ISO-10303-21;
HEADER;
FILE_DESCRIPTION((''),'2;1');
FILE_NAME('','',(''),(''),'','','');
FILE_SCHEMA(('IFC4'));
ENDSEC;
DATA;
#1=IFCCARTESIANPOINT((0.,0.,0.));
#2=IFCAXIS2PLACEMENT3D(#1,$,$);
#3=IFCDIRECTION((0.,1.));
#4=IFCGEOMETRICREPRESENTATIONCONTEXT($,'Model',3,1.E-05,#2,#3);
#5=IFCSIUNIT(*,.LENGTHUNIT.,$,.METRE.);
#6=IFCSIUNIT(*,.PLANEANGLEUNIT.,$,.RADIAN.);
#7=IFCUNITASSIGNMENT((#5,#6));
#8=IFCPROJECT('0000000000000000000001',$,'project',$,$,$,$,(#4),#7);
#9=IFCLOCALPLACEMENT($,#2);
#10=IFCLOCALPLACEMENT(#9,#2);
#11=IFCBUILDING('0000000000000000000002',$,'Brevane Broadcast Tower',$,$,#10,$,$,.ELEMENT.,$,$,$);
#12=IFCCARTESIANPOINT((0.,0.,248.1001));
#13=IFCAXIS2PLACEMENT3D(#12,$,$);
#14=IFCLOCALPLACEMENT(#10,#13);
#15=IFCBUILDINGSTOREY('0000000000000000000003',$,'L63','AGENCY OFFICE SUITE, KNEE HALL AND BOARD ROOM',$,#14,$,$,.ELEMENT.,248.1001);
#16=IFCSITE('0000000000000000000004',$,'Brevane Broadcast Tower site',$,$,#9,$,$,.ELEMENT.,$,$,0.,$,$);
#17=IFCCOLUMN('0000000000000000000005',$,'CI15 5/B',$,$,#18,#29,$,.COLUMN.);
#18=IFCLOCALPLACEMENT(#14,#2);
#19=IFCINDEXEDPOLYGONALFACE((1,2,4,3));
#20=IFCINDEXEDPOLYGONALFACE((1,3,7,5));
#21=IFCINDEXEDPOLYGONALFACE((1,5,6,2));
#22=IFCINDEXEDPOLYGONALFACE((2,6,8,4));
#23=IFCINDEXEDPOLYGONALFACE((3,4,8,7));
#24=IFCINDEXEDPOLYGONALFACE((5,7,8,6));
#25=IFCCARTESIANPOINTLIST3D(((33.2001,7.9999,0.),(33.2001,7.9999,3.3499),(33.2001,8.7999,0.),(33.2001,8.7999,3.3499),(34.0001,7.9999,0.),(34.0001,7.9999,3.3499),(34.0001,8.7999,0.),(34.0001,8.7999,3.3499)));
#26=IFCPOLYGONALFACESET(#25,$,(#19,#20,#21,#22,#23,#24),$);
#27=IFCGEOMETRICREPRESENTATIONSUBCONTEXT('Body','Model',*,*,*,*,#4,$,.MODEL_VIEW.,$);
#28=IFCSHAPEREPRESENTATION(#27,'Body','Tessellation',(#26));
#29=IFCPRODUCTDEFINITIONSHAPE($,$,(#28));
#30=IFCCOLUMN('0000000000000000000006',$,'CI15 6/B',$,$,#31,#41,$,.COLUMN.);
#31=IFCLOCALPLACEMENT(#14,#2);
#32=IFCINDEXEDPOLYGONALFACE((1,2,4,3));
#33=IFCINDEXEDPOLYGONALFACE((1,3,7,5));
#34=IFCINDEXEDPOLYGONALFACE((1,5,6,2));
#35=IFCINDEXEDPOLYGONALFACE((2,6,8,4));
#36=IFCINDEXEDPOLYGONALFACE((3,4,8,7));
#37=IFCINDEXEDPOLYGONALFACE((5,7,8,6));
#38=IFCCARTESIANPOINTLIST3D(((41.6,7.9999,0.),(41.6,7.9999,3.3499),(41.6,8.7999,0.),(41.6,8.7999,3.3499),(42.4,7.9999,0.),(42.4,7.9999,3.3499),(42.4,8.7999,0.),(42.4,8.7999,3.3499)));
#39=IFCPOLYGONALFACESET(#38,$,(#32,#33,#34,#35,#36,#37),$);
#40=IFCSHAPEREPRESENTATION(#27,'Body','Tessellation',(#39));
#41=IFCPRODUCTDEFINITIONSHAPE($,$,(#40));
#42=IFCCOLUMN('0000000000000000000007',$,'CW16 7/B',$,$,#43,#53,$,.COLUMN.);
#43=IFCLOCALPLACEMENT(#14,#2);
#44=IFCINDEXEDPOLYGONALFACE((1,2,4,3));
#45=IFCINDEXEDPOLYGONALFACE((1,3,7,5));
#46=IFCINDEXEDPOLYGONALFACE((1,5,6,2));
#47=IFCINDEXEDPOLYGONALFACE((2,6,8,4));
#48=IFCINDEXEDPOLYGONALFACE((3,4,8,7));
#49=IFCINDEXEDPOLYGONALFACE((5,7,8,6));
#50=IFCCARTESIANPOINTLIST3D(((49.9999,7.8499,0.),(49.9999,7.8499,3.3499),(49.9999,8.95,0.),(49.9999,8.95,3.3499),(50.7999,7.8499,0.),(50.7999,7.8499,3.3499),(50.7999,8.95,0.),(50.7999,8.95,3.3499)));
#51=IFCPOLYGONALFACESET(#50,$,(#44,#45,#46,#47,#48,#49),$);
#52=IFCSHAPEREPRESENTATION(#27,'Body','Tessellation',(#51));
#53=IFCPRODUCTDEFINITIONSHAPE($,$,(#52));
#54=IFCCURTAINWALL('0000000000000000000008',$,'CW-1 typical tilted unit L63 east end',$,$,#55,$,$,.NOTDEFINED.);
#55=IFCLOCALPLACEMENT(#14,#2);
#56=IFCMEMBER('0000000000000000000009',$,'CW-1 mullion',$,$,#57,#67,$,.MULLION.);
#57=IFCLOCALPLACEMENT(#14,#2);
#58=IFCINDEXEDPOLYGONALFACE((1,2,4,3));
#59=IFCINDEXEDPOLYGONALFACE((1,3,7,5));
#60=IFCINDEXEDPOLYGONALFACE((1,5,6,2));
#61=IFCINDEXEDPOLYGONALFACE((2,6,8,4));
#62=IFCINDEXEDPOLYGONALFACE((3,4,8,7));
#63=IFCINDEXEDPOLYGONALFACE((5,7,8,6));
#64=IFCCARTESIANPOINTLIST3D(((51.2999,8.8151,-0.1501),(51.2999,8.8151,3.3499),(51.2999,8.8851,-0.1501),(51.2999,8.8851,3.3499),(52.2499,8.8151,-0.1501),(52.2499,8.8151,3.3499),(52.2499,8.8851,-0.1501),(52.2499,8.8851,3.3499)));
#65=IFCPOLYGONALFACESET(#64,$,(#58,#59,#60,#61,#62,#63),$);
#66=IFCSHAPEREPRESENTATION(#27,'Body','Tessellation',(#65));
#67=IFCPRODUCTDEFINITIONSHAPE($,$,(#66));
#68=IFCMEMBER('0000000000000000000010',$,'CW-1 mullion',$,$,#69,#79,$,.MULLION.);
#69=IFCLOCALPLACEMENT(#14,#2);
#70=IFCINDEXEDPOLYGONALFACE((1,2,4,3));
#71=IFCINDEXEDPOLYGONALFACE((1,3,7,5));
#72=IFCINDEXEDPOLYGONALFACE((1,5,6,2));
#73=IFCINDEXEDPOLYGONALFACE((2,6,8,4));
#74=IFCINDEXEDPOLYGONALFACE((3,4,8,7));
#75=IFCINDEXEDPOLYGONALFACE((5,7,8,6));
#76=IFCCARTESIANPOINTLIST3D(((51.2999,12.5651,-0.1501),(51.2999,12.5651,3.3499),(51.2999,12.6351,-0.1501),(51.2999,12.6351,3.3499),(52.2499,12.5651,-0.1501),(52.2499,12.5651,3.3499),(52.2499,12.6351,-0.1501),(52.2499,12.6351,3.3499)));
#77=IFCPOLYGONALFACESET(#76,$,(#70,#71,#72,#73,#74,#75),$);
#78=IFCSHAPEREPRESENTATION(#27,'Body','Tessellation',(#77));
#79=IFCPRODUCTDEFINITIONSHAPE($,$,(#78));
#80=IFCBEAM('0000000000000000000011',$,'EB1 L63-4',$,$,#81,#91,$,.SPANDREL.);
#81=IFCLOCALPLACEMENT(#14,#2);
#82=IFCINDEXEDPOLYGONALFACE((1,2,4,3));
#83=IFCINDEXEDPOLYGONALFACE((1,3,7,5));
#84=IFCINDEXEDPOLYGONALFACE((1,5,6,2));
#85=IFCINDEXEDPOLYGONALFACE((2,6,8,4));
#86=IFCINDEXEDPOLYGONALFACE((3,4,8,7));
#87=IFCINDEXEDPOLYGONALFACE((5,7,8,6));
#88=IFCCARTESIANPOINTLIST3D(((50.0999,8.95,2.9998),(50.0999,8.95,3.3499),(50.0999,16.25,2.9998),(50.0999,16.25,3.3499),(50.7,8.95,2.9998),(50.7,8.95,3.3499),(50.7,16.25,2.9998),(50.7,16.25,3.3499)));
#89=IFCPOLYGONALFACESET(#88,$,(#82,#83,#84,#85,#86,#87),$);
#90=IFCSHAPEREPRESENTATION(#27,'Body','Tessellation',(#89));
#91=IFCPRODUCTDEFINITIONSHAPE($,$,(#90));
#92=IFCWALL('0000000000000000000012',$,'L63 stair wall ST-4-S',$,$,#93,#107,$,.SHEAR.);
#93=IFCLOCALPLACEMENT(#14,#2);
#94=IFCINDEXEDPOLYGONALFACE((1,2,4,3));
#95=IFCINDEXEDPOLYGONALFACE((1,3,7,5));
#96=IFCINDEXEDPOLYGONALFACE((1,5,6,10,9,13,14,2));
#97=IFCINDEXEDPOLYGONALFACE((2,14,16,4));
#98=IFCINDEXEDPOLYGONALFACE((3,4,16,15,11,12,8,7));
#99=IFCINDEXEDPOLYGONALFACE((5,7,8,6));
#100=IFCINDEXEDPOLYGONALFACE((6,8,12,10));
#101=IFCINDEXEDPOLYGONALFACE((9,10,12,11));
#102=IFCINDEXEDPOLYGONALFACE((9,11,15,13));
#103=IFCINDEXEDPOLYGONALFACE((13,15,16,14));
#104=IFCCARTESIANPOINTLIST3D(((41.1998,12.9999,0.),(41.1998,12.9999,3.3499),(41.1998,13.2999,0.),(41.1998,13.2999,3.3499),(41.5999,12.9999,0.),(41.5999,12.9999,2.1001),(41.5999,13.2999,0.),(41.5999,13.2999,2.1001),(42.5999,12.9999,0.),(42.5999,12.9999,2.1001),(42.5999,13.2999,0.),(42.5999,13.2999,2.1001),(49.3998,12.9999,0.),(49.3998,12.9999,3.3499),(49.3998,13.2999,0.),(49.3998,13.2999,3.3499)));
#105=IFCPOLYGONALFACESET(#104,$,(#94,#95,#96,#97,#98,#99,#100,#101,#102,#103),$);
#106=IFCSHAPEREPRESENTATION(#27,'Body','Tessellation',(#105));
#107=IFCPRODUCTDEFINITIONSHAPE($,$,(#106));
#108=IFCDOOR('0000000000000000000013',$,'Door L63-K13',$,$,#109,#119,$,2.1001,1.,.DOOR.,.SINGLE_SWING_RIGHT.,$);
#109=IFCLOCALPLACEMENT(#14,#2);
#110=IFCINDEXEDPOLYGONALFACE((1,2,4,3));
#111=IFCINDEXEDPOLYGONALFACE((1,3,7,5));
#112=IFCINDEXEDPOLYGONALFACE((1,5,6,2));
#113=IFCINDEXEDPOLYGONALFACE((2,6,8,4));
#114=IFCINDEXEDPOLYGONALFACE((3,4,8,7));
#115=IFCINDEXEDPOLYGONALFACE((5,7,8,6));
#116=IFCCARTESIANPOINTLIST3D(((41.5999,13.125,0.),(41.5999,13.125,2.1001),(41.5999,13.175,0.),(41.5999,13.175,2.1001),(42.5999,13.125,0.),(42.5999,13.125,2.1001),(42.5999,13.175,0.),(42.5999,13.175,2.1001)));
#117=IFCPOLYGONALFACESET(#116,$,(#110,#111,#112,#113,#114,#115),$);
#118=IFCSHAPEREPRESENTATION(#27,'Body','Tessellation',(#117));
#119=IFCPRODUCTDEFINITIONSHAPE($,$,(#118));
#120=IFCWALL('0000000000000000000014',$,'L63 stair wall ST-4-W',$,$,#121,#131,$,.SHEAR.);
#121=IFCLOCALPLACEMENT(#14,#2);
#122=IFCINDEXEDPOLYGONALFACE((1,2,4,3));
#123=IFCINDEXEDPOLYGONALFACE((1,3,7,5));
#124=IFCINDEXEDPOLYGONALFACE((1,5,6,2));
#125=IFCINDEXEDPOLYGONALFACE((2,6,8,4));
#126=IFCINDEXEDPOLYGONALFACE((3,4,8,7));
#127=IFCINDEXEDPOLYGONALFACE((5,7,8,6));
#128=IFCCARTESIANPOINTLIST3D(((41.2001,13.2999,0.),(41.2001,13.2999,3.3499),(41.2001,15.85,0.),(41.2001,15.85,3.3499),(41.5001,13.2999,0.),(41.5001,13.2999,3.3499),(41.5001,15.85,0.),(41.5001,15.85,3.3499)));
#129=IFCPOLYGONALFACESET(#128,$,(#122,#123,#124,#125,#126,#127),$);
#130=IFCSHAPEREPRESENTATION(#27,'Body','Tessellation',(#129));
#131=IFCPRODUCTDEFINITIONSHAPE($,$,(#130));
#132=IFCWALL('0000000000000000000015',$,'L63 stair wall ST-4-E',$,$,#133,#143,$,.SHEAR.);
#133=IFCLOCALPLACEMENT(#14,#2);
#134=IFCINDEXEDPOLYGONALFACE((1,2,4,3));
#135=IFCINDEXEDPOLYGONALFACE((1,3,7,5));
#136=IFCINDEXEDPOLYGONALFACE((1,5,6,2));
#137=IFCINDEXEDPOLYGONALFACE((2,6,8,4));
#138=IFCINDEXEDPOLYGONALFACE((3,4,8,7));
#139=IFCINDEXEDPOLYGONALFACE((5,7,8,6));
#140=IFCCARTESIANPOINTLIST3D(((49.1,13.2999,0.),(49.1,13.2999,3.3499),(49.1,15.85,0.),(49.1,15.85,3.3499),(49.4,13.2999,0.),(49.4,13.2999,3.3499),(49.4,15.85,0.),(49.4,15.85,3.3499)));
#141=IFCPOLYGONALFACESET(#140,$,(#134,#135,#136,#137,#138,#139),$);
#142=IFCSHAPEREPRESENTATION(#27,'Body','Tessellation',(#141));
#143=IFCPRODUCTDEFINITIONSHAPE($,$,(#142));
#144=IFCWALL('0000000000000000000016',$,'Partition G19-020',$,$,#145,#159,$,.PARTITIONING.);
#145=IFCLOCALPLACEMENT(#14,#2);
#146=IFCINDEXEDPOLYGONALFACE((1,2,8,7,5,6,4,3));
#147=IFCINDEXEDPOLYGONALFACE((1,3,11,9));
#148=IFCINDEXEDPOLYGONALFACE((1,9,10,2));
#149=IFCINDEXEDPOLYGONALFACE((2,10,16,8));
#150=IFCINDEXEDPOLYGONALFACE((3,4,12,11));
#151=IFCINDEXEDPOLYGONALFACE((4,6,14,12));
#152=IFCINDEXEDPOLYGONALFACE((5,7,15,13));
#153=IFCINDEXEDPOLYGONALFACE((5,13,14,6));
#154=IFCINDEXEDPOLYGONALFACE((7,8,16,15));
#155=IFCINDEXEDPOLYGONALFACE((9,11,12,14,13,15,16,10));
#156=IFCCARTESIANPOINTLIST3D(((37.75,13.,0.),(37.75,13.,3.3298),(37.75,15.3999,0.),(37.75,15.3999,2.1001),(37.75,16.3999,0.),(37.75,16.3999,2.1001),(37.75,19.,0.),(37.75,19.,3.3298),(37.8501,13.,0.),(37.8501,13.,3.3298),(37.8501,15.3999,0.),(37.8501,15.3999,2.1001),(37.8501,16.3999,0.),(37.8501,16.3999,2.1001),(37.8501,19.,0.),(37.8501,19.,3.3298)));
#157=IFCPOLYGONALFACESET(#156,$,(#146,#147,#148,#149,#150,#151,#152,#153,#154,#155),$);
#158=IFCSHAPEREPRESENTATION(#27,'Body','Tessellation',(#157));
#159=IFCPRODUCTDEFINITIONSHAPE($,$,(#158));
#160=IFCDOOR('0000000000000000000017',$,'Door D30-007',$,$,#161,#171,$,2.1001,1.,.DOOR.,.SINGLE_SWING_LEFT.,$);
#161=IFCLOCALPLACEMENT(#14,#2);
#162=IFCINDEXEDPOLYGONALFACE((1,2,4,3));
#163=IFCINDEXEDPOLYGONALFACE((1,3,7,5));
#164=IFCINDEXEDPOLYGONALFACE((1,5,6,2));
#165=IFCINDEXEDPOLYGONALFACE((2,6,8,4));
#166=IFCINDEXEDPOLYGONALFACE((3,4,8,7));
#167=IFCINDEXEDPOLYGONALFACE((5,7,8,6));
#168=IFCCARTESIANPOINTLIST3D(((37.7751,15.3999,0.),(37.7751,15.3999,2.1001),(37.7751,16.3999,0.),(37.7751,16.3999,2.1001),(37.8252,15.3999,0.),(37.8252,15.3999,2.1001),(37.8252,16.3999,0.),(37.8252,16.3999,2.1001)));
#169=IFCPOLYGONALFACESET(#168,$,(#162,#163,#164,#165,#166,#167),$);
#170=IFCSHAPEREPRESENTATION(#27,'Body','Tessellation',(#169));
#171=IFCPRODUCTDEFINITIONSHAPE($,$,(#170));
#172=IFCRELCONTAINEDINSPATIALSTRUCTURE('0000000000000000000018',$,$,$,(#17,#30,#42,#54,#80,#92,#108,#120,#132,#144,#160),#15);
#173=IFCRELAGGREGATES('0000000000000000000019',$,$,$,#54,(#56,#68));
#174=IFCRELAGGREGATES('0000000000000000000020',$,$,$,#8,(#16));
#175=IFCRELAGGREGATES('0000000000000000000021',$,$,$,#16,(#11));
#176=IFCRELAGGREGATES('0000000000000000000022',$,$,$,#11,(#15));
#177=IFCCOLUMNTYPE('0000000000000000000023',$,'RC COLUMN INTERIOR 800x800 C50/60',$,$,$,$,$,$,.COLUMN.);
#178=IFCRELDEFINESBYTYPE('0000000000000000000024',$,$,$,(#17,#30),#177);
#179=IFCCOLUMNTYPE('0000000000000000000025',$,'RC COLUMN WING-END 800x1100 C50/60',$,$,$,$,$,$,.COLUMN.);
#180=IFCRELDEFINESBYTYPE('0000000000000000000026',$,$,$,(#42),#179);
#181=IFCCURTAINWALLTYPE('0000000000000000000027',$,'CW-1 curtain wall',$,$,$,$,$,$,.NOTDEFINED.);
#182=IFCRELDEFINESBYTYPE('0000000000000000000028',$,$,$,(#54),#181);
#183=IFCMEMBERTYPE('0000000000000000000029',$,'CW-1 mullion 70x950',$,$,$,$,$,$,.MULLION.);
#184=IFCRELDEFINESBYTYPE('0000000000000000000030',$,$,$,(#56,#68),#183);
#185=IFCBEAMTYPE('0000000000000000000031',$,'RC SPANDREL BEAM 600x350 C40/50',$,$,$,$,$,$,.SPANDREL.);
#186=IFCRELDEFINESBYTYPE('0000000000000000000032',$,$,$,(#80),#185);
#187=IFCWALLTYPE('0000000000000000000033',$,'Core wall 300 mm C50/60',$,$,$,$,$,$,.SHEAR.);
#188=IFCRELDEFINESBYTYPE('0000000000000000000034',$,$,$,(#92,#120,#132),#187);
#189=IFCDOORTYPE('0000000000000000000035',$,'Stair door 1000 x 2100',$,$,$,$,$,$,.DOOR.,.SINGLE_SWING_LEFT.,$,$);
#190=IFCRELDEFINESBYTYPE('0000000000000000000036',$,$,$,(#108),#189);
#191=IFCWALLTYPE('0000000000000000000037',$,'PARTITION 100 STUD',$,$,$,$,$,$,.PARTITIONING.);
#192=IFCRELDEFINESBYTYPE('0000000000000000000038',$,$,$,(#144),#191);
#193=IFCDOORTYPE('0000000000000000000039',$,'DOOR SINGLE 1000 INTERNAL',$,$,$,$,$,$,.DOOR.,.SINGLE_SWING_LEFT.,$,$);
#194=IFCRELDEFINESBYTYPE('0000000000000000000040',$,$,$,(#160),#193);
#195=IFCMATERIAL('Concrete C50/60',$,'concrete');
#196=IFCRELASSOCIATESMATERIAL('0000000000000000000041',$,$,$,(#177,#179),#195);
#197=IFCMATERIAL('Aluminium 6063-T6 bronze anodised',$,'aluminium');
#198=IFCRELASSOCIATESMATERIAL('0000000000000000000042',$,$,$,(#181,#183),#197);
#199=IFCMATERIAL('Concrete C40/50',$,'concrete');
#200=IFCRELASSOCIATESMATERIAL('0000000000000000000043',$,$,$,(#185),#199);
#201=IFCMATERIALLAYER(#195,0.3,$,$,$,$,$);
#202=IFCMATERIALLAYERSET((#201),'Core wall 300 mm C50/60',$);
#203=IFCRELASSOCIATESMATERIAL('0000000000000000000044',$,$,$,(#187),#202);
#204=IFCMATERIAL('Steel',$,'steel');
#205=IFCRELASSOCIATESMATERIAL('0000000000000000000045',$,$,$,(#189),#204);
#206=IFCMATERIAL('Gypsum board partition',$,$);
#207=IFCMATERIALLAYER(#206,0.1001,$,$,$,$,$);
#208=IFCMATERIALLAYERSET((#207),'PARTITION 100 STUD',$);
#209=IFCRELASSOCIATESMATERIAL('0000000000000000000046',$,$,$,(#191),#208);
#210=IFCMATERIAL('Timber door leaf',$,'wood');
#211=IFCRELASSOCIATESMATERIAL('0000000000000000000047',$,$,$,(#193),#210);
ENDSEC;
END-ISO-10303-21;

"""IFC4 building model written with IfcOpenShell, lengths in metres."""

from ifc_helpers import new_model, si_unit, direction, frame, frame_2d, origin, origin_2d, place, context, subcontext, project, spatial, rectangle, extrude, material, layer, layer_set, material_profile, profile_set, type_object, element, fill, aggregate, save


model = new_model("IFC4")

# Units and contexts
model_context = context("Model", 3, precision=1e-05, world=origin(), true_north=direction((0.0, 1.0)))
body_context = subcontext(model_context, "Body", "Model", "MODEL_VIEW")
ifc_project = project(units=[si_unit("LENGTHUNIT", "METRE"), si_unit("PLANEANGLEUNIT", "RADIAN")], contexts=[model_context])

# Site, building, storey
site_placement = place(None, origin())
site = spatial("IfcSite", under=ifc_project, at=site_placement, Name="Brevane Broadcast Tower site", CompositionType="ELEMENT", RefElevation=0.0)
building_placement = place(site_placement, origin())
building = spatial("IfcBuilding", under=site, at=building_placement, Name="Brevane Broadcast Tower", CompositionType="ELEMENT")
storey_placement = place(building_placement, frame((0.0, 0.0, 248.1001)))
storey = spatial("IfcBuildingStorey", under=building, at=storey_placement, Name="L63", Description="AGENCY OFFICE SUITE, KNEE HALL AND BOARD ROOM", CompositionType="ELEMENT", Elevation=248.1001)

# Columns
ifc_material_1 = material(Name="Concrete C50/60", Category="concrete")
ifc_material_profile_1 = material_profile(ifc_material_1, rectangle(XDim=0.8, YDim=0.8, at=origin_2d()), Name="RC 800x800")
ifc_profile_set_1 = profile_set([ifc_material_profile_1], Name="Concrete C50/60")
column_type_1 = type_object("IfcColumnType", Name="RC COLUMN INTERIOR 800x800 C50/60", PredefinedType="COLUMN", material=ifc_profile_set_1)
for number, where, z_axis, x_axis, name in (
    (1, (33.6001, 8.3999, 0.0), (0.0, 0.0, 1.0), (1.0, 0.0, 0.0), "CI15 5/B"),
    (2, (42.0, 8.3999, 0.0), (0.0, 0.0, 1.0), (1.0, 0.0, 0.0), "CI15 6/B"),
):
    element("IfcColumn", number, at=place(storey_placement, frame(where, z_axis=z_axis, x_axis=x_axis)), inside=storey, type_object=column_type_1, Name=name, PredefinedType="COLUMN", context=body_context, shape_type="SweptSolid", body=[
        extrude(rectangle(XDim=0.8, YDim=0.8, at=origin_2d()), origin(), (0.0, 0.0, 1.0), 3.3499),
    ])
ifc_material_profile_2 = material_profile(ifc_material_1, rectangle(XDim=0.8, YDim=1.1001, at=origin_2d()), Name="RC 800x1100")
ifc_profile_set_2 = profile_set([ifc_material_profile_2], Name="Concrete C50/60")
column_type_2 = type_object("IfcColumnType", Name="RC COLUMN WING-END 800x1100 C50/60", PredefinedType="COLUMN", material=ifc_profile_set_2)
column_placement = place(storey_placement, frame((50.3999, 8.3999, 0.0), z_axis=(0.0, 0.0, 1.0), x_axis=(1.0, 0.0, 0.0)))
element("IfcColumn", 3, at=column_placement, inside=storey, type_object=column_type_2, Name="CW16 7/B", PredefinedType="COLUMN", context=body_context, shape_type="SweptSolid", body=[
    extrude(rectangle(XDim=0.8, YDim=1.1001, at=origin_2d()), origin(), (0.0, 0.0, 1.0), 3.3499),
])

# Curtain wall, members
ifc_material_2 = material(Name="Aluminium 6063-T6 bronze anodised", Category="aluminium")
curtain_wall_type = type_object("IfcCurtainWallType", Name="CW-1 curtain wall", PredefinedType="NOTDEFINED", material=ifc_material_2)
curtain_wall_placement = place(storey_placement, origin())
curtain_wall = element("IfcCurtainWall", 4, at=curtain_wall_placement, inside=storey, type_object=curtain_wall_type, Name="CW-1 typical tilted unit L63 east end", PredefinedType="NOTDEFINED")
ifc_material_profile_3 = material_profile(ifc_material_2, rectangle(XDim=0.95, YDim=0.0701, at=origin_2d()), Name="RECT 70x950")
ifc_profile_set_3 = profile_set([ifc_material_profile_3], Name="Aluminium 6063-T6 bronze anodised")
member_type = type_object("IfcMemberType", Name="CW-1 mullion 70x950", PredefinedType="MULLION", material=ifc_profile_set_3)
member_1_placement = place(storey_placement, frame((51.7749, 8.8501, -0.1501), z_axis=(0.0, 0.0, 1.0), x_axis=(-1.0, 0.0, 0.0)))
member_1 = element("IfcMember", 5, at=member_1_placement, type_object=member_type, Name="CW-1 mullion", PredefinedType="MULLION", context=body_context, shape_type="SweptSolid", body=[
    extrude(rectangle(XDim=0.95, YDim=0.0701, at=origin_2d()), origin(), (0.0, 0.0, 1.0), 3.5),
])
member_2_placement = place(storey_placement, frame((51.7749, 12.6001, -0.1501), z_axis=(0.0, 0.0, 1.0), x_axis=(-1.0, 0.0, 0.0)))
member_2 = element("IfcMember", 6, at=member_2_placement, type_object=member_type, Name="CW-1 mullion", PredefinedType="MULLION", context=body_context, shape_type="SweptSolid", body=[
    extrude(rectangle(XDim=0.95, YDim=0.0701, at=origin_2d()), origin(), (0.0, 0.0, 1.0), 3.5),
])
aggregate(curtain_wall, [member_1, member_2])

# Beam
ifc_material_3 = material(Name="Concrete C40/50", Category="concrete")
ifc_material_profile_4 = material_profile(ifc_material_3, rectangle(XDim=0.6001, YDim=0.3501, at=origin_2d()), Name="RC 600x350")
ifc_profile_set_4 = profile_set([ifc_material_profile_4], Name="Concrete C40/50")
beam_type = type_object("IfcBeamType", Name="RC SPANDREL BEAM 600x350 C40/50", PredefinedType="SPANDREL", material=ifc_profile_set_4)
beam_placement = place(storey_placement, frame((50.3999, 8.95, 3.1748), z_axis=(0.0, 1.0, 0.0), x_axis=(-1.0, 0.0, 0.0)))
element("IfcBeam", 7, at=beam_placement, inside=storey, type_object=beam_type, Name="EB1 L63-4", PredefinedType="SPANDREL", context=body_context, shape_type="SweptSolid", body=[
    extrude(rectangle(XDim=0.6001, YDim=0.3501, at=origin_2d()), origin(), (0.0, 0.0, 1.0), 7.3),
])

# Wall, opening, door
ifc_layer_1 = layer(ifc_material_1, 0.3)
ifc_layer_set_1 = layer_set([ifc_layer_1], Name="Core wall 300 mm C50/60")
wall_type_1 = type_object("IfcWallType", Name="Core wall 300 mm C50/60", PredefinedType="SHEAR", material=ifc_layer_set_1)
wall_1_placement = place(storey_placement, frame((49.3999, 13.1499, 0.0), z_axis=(0.0, 0.0, 1.0), x_axis=(-1.0, 0.0, 0.0)))
wall_1 = element("IfcWall", 8, at=wall_1_placement, inside=storey, type_object=wall_type_1, Name="L63 stair wall ST-4-S", PredefinedType="SHEAR", context=body_context, shape_type="SweptSolid", body=[
    extrude(rectangle(XDim=8.2, YDim=0.3, at=frame_2d((4.1001, 0.0))), origin(), (0.0, 0.0, 1.0), 3.3499),
])
opening_1_placement = place(wall_1_placement, frame((6.8, 0.0, 0.0)))
opening_1 = element("IfcOpeningElement", 9, at=opening_1_placement, cuts=wall_1, PredefinedType="OPENING", context=body_context, shape_type="SweptSolid", body=[
    extrude(rectangle(XDim=1.0, YDim=2.1001, at=frame_2d((0.5, 1.05))), frame((0.0, 0.1599, 0.0), z_axis=(0.0, -1.0, 0.0), x_axis=(1.0, 0.0, 0.0)), (0.0, 0.0, 1.0), 0.3201),
])
ifc_material_4 = material(Name="Steel", Category="steel")
door_type_1 = type_object("IfcDoorType", Name="Stair door 1000 x 2100", OperationType="SINGLE_SWING_LEFT", PredefinedType="DOOR", material=ifc_material_4)
door_1_placement = place(opening_1_placement, origin())
door_1 = element("IfcDoor", 10, at=door_1_placement, inside=storey, type_object=door_type_1, Name="Door L63-K13", OperationType="SINGLE_SWING_RIGHT", OverallHeight=2.1001, OverallWidth=1.0, PredefinedType="DOOR", context=body_context, shape_type="SweptSolid", body=[
    extrude(rectangle(XDim=1.0, YDim=2.1001, at=frame_2d((0.5, 1.05))), frame((0.0, 0.0249, 0.0), z_axis=(0.0, -1.0, 0.0), x_axis=(1.0, 0.0, 0.0)), (0.0, 0.0, 1.0), 0.05),
])
fill(opening_1, door_1)

# Walls
for number, where, z_axis, x_axis, name in (
    (11, (41.3501, 13.3, 0.0), (0.0, 0.0, 1.0), (0.0, 1.0, 0.0), "L63 stair wall ST-4-W"),
    (12, (49.25, 13.3, 0.0), (0.0, 0.0, 1.0), (0.0, 1.0, 0.0), "L63 stair wall ST-4-E"),
):
    element("IfcWall", number, at=place(storey_placement, frame(where, z_axis=z_axis, x_axis=x_axis)), inside=storey, type_object=wall_type_1, Name=name, PredefinedType="SHEAR", context=body_context, shape_type="SweptSolid", body=[
        extrude(rectangle(XDim=2.55, YDim=0.3, at=frame_2d((1.2749, 0.0))), origin(), (0.0, 0.0, 1.0), 3.3499),
    ])

# Wall, opening, door
ifc_material_5 = material(Name="Gypsum board partition")
ifc_layer_2 = layer(ifc_material_5, 0.1001)
ifc_layer_set_2 = layer_set([ifc_layer_2], Name="PARTITION 100 STUD")
wall_type_2 = type_object("IfcWallType", Name="PARTITION 100 STUD", PredefinedType="PARTITIONING", material=ifc_layer_set_2)
wall_2_placement = place(storey_placement, frame((37.8, 13.0, 0.0), z_axis=(0.0, 0.0, 1.0), x_axis=(0.0, 1.0, 0.0)))
wall_2 = element("IfcWall", 13, at=wall_2_placement, inside=storey, type_object=wall_type_2, Name="Partition G19-020", PredefinedType="PARTITIONING", context=body_context, shape_type="SweptSolid", body=[
    extrude(rectangle(XDim=6.0, YDim=0.1001, at=frame_2d((3.0, 0.0))), origin(), (0.0, 0.0, 1.0), 3.3298),
])
opening_2_placement = place(wall_2_placement, frame((2.3999, 0.0, 0.0)))
opening_2 = element("IfcOpeningElement", 14, at=opening_2_placement, cuts=wall_2, PredefinedType="OPENING", context=body_context, shape_type="SweptSolid", body=[
    extrude(rectangle(XDim=1.0, YDim=2.1001, at=frame_2d((0.5, 1.05))), frame((0.0, 0.0601, 0.0), z_axis=(0.0, -1.0, 0.0), x_axis=(1.0, 0.0, 0.0)), (0.0, 0.0, 1.0), 0.1201),
])
ifc_material_6 = material(Name="Timber door leaf", Category="wood")
door_type_2 = type_object("IfcDoorType", Name="DOOR SINGLE 1000 INTERNAL", OperationType="SINGLE_SWING_LEFT", PredefinedType="DOOR", material=ifc_material_6)
door_2_placement = place(opening_2_placement, origin())
door_2 = element("IfcDoor", 15, at=door_2_placement, inside=storey, type_object=door_type_2, Name="Door D30-007", OperationType="SINGLE_SWING_LEFT", OverallHeight=2.1001, OverallWidth=1.0, PredefinedType="DOOR", context=body_context, shape_type="SweptSolid", body=[
    extrude(rectangle(XDim=1.0, YDim=2.1001, at=frame_2d((0.5, 1.05))), frame((0.0, 0.0249, 0.0), z_axis=(0.0, -1.0, 0.0), x_axis=(1.0, 0.0, 0.0)), (0.0, 0.0, 1.0), 0.05),
])
fill(opening_2, door_2)

save(model, "model.ifc")
